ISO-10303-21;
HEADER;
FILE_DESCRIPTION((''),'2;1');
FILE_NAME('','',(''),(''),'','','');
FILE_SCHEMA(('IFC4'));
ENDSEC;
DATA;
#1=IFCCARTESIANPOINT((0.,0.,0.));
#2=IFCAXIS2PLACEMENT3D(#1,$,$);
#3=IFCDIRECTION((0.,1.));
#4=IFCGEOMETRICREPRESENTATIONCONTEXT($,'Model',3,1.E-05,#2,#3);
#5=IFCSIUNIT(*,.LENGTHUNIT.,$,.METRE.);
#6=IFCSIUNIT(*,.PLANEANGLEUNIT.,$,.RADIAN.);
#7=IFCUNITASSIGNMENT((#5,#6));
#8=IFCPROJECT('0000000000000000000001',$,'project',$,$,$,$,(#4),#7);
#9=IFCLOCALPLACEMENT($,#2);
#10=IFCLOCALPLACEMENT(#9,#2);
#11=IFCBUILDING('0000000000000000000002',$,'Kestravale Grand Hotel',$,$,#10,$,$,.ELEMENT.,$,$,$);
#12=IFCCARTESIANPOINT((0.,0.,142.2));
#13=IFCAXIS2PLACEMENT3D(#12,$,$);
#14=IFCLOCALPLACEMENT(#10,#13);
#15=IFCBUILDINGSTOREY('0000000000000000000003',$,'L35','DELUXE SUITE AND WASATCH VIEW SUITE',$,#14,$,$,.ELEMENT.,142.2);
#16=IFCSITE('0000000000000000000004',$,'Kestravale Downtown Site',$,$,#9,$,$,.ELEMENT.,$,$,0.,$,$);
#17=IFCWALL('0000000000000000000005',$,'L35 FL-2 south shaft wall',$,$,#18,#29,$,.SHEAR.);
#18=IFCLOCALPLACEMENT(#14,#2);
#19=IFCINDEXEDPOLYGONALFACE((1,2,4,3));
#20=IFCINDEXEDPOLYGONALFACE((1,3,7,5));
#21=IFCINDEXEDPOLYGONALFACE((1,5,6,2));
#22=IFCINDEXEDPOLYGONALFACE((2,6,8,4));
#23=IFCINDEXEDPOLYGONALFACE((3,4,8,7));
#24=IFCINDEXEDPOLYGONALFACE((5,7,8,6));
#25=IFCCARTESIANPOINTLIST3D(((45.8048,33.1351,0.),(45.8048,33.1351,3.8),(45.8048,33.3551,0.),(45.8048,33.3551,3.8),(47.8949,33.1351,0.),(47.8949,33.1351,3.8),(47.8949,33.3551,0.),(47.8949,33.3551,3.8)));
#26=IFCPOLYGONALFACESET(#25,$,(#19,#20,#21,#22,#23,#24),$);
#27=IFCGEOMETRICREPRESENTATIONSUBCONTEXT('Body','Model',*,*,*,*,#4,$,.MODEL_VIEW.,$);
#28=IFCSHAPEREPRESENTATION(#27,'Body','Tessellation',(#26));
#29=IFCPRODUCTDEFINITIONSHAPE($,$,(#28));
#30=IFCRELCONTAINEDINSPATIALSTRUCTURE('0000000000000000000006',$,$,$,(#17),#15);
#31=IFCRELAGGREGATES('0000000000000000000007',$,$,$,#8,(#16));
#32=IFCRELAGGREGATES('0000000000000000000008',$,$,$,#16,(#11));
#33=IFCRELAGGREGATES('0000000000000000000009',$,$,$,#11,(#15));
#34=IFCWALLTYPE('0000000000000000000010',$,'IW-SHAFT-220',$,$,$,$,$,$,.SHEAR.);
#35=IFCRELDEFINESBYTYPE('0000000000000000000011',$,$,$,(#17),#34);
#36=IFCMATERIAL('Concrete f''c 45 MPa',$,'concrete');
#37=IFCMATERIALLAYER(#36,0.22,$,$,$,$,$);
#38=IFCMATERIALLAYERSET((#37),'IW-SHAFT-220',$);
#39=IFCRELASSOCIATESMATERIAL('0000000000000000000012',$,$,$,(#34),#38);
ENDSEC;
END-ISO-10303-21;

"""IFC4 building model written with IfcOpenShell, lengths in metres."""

from ifc_helpers import new_model, si_unit, direction, frame, frame_2d, origin, place, context, subcontext, project, spatial, rectangle, extrude, material, layer, layer_set, type_object, element, save


model = new_model("IFC4")

# Units and contexts
model_context = context("Model", 3, precision=1e-05, world=origin(), true_north=direction((0.0, 1.0)))
body_context = subcontext(model_context, "Body", "Model", "MODEL_VIEW")
ifc_project = project(units=[si_unit("LENGTHUNIT", "METRE"), si_unit("PLANEANGLEUNIT", "RADIAN")], contexts=[model_context])

# Site, building, storey
site_placement = place(None, origin())
site = spatial("IfcSite", under=ifc_project, at=site_placement, Name="Kestravale Downtown Site", CompositionType="ELEMENT", RefElevation=0.0)
building_placement = place(site_placement, origin())
building = spatial("IfcBuilding", under=site, at=building_placement, Name="Kestravale Grand Hotel", CompositionType="ELEMENT")
storey_placement = place(building_placement, frame((0.0, 0.0, 142.2)))
storey = spatial("IfcBuildingStorey", under=building, at=storey_placement, Name="L35", Description="DELUXE SUITE AND WASATCH VIEW SUITE", CompositionType="ELEMENT", Elevation=142.2)

# Shared definitions
ifc_material_1 = material(Name="Concrete f'c 45 MPa", Category="concrete")
ifc_layer_1 = layer(ifc_material_1, 0.22)
ifc_layer_set_1 = layer_set([ifc_layer_1], Name="IW-SHAFT-220")
wall_type_1 = type_object("IfcWallType", Name="IW-SHAFT-220", PredefinedType="SHEAR", material=ifc_layer_set_1)

# Wall
wall_1_placement = place(storey_placement, frame((45.8049, 33.2451, 0.0), z_axis=(0.0, 0.0, 1.0), x_axis=(1.0, 0.0, 0.0)))
element("IfcWall", 1, at=wall_1_placement, inside=storey, type_object=wall_type_1, Name="L35 FL-2 south shaft wall", PredefinedType="SHEAR", context=body_context, shape_type="SweptSolid", body=[
    extrude(rectangle(XDim=2.0901, YDim=0.22, at=frame_2d((1.0449, 0.0))), origin(), (0.0, 0.0, 1.0), 3.8),
])

save(model, "model.ifc")
